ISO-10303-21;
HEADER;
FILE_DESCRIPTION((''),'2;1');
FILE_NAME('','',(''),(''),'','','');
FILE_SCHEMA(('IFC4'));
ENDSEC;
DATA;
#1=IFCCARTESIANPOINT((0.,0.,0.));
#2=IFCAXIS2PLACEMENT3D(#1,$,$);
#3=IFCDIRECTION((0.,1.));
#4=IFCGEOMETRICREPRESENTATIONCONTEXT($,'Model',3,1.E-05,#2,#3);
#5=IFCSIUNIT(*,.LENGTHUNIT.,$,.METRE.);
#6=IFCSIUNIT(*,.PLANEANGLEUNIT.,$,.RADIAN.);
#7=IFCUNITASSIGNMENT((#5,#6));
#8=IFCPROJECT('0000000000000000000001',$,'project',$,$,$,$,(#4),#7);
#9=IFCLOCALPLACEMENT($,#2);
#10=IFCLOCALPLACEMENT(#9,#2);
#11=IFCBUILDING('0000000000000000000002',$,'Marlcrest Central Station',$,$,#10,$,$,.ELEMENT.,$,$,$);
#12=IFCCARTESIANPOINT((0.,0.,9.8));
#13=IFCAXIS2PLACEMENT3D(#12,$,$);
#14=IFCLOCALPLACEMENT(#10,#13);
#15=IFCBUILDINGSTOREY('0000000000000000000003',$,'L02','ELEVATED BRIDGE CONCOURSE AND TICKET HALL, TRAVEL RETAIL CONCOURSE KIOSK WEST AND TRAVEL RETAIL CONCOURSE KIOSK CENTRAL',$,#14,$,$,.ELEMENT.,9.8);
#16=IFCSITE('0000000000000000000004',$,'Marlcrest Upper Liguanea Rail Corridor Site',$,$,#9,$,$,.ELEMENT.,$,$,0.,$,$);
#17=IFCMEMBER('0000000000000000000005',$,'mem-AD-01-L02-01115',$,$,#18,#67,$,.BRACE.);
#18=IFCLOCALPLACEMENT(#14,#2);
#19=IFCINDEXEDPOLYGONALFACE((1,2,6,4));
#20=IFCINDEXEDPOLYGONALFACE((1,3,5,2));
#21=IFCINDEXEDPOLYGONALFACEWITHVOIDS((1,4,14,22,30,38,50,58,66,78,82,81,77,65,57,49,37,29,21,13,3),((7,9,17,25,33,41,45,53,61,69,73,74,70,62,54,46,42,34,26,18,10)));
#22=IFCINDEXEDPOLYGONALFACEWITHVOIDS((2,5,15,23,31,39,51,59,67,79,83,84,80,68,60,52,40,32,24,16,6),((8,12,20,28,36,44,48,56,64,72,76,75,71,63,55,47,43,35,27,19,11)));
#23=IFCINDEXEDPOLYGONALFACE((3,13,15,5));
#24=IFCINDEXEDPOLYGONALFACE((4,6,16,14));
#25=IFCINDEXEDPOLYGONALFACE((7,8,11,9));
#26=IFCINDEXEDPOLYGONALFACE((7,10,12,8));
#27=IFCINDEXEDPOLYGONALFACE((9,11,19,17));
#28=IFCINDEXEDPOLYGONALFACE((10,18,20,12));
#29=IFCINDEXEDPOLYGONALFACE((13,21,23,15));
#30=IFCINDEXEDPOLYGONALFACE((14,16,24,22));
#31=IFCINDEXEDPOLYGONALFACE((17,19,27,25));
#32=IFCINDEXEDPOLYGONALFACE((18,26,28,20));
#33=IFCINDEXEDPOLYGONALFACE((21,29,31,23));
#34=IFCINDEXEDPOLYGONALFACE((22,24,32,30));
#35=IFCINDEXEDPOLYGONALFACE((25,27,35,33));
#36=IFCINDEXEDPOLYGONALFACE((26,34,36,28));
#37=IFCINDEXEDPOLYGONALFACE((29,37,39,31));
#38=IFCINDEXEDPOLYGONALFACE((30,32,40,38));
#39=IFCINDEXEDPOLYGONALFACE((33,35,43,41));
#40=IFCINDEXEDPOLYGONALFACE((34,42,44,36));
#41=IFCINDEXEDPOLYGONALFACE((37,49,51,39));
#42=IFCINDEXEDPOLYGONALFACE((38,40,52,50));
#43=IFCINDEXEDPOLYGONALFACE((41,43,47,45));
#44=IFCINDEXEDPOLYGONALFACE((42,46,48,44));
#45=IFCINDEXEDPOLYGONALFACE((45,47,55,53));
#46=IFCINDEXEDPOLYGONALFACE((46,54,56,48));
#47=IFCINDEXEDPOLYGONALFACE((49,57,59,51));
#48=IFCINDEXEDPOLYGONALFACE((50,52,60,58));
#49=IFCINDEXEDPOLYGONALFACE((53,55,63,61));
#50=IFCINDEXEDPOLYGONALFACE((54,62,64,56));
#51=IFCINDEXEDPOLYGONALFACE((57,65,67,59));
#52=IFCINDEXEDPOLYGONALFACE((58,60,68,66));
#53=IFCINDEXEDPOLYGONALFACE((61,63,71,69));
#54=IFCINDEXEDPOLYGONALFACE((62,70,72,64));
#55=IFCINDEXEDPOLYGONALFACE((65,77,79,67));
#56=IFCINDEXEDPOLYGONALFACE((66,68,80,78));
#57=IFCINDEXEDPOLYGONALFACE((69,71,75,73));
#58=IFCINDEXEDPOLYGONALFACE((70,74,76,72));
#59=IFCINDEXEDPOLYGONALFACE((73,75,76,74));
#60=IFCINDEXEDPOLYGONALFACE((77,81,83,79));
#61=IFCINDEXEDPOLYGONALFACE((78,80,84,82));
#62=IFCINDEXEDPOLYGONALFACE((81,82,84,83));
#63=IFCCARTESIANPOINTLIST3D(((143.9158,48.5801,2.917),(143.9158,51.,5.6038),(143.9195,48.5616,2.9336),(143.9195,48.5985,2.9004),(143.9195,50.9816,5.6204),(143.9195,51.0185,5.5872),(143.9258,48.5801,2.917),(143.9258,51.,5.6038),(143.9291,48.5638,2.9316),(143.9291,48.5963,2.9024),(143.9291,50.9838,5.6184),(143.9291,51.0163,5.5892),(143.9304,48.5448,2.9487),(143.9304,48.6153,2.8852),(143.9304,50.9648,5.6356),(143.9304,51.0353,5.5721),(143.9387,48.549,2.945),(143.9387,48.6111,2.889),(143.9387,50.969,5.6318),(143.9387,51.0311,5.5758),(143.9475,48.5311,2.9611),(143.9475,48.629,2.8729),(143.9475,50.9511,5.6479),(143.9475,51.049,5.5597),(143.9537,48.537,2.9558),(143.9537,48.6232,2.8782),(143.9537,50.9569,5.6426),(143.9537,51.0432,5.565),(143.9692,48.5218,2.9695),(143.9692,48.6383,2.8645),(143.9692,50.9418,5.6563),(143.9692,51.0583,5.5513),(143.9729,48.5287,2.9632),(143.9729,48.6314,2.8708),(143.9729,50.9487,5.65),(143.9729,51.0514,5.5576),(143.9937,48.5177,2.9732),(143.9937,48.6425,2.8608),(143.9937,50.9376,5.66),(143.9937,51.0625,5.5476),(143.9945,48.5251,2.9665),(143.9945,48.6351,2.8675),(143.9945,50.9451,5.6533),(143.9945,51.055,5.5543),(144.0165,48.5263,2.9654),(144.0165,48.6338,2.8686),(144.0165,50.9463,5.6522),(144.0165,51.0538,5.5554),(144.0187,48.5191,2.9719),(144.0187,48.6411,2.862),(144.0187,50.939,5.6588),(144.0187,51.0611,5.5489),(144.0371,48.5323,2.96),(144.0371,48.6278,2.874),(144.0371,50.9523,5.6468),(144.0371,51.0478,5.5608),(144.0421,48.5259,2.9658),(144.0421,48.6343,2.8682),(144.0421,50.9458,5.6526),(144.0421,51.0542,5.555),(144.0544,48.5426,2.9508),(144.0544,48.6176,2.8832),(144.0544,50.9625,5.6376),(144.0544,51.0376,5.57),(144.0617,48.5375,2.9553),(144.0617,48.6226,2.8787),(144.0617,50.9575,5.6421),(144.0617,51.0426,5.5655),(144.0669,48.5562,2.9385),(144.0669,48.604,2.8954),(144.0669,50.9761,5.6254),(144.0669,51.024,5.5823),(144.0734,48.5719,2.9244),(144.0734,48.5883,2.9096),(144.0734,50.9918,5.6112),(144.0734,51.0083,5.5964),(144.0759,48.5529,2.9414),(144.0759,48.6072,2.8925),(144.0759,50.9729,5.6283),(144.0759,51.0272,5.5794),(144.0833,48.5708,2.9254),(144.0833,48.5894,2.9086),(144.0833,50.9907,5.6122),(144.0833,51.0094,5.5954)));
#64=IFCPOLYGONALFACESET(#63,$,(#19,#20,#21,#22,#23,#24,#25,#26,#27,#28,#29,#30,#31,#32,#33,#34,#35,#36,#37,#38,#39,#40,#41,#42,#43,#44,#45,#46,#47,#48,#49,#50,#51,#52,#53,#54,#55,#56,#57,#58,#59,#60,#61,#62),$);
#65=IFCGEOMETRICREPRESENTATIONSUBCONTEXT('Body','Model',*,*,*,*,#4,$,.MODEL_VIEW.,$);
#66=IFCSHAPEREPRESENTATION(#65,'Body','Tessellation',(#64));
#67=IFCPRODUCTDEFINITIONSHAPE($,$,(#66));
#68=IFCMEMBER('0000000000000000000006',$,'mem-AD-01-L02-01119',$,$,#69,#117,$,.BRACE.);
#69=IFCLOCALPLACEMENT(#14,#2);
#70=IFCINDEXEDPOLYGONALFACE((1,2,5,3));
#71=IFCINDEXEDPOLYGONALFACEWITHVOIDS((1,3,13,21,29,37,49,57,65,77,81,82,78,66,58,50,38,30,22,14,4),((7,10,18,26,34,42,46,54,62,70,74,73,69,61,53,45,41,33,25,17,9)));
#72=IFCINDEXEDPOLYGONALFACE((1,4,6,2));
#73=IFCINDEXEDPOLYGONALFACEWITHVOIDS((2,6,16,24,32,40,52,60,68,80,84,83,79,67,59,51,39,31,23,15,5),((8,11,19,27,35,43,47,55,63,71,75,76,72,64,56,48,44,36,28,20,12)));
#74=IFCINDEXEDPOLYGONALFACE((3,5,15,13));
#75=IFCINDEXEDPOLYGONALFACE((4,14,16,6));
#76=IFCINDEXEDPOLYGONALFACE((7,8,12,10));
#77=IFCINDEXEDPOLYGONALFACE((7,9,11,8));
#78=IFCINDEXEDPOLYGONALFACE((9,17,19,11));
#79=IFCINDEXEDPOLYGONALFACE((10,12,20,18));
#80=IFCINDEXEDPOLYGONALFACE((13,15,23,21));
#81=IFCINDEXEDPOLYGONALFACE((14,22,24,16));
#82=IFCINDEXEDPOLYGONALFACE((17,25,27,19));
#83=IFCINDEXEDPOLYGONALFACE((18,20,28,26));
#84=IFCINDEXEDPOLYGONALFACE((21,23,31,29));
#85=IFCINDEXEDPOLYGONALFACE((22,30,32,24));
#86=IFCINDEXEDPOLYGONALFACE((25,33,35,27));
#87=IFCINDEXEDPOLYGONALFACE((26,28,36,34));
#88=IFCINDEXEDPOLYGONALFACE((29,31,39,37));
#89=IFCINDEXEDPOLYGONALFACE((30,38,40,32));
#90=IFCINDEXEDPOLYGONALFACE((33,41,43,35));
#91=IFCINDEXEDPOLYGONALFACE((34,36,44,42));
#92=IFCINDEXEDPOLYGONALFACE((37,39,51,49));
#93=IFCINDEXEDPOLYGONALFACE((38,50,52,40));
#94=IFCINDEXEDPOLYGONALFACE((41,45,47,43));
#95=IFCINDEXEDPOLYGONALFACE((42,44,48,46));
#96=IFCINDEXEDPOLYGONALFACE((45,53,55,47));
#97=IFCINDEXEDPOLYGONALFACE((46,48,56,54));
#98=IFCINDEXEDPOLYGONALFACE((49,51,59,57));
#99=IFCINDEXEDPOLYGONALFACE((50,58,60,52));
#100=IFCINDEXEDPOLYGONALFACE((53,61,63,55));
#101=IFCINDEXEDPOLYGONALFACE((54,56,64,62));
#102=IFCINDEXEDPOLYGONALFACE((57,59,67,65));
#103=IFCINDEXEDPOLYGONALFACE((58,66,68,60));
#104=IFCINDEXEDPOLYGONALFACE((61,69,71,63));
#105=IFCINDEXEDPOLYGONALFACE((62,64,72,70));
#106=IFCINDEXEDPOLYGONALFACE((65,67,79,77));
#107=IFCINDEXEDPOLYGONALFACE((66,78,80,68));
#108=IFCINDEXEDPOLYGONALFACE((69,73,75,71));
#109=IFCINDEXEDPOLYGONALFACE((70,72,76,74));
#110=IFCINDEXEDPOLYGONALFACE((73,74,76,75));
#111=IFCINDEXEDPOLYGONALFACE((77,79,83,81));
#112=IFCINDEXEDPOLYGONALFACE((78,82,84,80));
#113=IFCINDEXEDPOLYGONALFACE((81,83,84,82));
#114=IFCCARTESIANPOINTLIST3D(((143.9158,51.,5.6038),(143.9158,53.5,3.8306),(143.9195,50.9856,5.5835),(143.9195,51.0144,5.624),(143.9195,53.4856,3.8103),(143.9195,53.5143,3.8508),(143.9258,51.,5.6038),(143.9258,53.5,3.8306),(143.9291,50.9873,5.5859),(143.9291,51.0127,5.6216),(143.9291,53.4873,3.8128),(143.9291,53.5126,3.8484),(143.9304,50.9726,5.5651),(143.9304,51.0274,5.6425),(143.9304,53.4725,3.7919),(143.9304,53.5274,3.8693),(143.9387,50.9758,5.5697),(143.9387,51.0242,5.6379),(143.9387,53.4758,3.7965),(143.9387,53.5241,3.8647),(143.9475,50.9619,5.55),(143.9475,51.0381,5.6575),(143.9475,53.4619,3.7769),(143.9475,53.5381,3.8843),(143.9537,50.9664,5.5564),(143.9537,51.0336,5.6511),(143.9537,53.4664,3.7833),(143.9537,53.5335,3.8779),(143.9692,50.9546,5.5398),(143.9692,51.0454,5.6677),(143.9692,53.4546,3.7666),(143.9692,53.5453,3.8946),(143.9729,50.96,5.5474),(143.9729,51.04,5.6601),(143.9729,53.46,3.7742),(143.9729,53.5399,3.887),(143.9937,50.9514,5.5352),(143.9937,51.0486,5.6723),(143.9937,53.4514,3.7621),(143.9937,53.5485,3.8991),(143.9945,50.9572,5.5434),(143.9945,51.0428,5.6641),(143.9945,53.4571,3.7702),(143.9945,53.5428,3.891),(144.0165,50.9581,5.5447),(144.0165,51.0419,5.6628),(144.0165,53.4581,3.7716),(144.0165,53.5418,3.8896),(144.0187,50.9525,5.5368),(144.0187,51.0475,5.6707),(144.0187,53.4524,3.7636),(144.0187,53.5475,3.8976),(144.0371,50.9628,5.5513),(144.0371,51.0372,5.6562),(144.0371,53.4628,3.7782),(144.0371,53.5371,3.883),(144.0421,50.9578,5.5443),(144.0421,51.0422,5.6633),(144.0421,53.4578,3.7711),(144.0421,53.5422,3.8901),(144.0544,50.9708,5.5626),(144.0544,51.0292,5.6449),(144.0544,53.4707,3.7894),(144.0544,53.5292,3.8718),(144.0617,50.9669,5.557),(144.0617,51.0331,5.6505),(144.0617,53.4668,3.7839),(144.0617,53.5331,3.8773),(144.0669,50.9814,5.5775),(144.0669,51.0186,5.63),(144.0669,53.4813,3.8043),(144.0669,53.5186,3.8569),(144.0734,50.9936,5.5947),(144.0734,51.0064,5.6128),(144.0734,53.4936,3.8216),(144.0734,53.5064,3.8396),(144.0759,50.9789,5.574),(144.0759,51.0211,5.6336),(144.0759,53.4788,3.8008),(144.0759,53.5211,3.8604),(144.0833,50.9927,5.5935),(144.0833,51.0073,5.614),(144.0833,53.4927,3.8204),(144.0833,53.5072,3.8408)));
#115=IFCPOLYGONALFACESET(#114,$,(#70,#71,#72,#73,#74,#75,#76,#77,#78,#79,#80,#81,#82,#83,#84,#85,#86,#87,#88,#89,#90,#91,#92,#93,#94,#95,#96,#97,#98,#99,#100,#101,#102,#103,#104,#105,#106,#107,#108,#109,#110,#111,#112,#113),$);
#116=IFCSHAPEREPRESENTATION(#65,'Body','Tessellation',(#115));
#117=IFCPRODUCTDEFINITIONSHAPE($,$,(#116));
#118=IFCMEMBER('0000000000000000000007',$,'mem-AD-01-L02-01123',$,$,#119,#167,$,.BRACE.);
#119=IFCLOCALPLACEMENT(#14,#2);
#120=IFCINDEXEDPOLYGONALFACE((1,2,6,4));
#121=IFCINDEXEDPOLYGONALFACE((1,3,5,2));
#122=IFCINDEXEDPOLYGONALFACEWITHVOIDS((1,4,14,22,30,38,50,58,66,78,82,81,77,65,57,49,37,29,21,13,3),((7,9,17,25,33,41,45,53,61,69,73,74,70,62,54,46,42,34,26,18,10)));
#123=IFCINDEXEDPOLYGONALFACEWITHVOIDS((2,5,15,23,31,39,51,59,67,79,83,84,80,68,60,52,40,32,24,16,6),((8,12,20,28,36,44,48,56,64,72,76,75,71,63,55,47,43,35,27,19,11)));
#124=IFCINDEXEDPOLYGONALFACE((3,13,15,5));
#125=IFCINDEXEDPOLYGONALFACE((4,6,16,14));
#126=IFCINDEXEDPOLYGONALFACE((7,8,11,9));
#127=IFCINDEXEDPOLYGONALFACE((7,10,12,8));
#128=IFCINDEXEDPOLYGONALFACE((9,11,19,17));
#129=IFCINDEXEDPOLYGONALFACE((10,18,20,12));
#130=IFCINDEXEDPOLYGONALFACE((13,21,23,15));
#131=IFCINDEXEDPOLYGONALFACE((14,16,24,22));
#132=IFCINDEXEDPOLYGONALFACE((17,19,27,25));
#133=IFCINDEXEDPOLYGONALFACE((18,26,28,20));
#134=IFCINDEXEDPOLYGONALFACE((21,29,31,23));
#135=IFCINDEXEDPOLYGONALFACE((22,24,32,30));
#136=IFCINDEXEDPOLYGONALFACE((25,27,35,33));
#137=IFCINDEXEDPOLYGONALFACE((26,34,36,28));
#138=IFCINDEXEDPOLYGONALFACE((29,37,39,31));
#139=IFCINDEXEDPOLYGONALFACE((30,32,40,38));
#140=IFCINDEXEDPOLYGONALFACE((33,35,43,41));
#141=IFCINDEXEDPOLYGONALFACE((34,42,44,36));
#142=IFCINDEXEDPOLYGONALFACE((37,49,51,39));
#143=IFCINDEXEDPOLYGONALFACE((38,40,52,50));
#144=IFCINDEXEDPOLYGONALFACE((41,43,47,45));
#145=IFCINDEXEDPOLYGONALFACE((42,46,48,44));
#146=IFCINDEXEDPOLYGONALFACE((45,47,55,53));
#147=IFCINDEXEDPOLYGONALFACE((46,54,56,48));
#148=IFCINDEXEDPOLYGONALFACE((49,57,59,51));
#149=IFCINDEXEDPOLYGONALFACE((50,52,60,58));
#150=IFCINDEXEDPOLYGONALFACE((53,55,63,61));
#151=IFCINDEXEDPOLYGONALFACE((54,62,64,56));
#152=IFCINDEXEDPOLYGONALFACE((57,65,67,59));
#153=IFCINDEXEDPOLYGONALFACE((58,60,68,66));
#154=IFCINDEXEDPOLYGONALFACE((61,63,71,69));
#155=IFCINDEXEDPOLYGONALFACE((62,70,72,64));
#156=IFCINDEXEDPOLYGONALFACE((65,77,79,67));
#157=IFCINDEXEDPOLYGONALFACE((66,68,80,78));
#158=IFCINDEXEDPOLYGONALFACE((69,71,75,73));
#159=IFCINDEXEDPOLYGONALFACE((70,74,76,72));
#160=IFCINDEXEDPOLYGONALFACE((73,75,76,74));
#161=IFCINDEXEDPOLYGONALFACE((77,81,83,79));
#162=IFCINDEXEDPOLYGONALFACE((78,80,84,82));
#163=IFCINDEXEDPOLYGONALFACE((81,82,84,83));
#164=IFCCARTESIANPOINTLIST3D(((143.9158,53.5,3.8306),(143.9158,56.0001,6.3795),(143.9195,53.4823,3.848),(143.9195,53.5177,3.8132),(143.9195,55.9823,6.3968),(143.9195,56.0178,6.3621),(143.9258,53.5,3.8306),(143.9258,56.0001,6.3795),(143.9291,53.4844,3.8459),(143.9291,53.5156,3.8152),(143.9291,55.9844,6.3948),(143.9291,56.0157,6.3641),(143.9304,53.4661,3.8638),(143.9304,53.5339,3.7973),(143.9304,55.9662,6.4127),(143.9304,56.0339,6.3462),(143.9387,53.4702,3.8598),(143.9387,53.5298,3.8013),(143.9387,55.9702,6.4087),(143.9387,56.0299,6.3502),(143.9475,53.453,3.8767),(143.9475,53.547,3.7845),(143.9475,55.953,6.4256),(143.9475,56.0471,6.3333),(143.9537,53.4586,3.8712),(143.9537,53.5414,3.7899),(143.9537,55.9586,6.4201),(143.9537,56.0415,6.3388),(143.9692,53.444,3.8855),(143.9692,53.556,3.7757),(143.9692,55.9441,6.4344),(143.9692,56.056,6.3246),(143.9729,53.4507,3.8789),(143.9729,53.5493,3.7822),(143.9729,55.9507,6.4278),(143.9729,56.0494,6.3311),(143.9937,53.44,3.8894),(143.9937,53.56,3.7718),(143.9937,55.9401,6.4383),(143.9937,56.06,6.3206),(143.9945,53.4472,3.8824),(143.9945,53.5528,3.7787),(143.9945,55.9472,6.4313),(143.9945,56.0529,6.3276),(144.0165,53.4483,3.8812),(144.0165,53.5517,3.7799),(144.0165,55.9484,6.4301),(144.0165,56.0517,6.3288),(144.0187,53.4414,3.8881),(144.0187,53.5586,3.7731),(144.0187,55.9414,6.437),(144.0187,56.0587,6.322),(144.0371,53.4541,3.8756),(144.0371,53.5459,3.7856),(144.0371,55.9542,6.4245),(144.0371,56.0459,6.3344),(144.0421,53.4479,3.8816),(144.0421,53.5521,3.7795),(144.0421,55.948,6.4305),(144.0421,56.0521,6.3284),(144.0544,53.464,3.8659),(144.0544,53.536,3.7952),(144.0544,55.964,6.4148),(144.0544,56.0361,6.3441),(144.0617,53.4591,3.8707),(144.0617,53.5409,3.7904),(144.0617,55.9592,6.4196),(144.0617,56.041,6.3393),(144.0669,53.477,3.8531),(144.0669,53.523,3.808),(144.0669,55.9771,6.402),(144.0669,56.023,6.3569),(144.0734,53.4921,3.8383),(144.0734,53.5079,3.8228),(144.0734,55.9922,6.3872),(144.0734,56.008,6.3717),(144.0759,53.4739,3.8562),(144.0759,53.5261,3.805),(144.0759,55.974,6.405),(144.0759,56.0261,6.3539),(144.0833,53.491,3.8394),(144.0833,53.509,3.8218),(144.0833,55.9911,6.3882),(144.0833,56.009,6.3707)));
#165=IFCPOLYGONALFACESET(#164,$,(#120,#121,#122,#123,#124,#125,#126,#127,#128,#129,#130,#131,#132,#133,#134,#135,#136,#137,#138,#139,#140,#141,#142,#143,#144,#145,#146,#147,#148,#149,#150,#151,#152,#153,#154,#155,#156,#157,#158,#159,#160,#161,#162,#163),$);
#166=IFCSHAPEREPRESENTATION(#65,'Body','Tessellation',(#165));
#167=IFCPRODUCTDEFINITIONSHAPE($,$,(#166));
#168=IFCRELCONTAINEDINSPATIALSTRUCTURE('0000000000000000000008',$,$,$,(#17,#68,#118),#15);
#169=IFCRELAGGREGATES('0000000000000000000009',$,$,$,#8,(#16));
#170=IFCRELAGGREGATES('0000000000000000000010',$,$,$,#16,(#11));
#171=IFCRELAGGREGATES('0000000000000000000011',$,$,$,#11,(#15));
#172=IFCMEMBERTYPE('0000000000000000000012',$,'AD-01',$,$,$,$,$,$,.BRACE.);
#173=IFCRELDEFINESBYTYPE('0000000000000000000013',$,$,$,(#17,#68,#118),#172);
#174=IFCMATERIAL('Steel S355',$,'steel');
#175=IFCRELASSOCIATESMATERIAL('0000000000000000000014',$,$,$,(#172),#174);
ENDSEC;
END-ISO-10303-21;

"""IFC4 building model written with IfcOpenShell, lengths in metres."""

from ifc_helpers import new_model, si_unit, direction, frame, origin, origin_2d, place, context, subcontext, project, spatial, hollow_circle, extrude, material, material_profile, profile_set, type_object, element, save


model = new_model("IFC4")

# Units and contexts
model_context = context("Model", 3, precision=1e-05, world=origin(), true_north=direction((0.0, 1.0)))
body_context = subcontext(model_context, "Body", "Model", "MODEL_VIEW")
ifc_project = project(units=[si_unit("LENGTHUNIT", "METRE"), si_unit("PLANEANGLEUNIT", "RADIAN")], contexts=[model_context])

# Site, building, storey
site_placement = place(None, origin())
site = spatial("IfcSite", under=ifc_project, at=site_placement, Name="Marlcrest Upper Liguanea Rail Corridor Site", CompositionType="ELEMENT", RefElevation=0.0)
building_placement = place(site_placement, origin())
building = spatial("IfcBuilding", under=site, at=building_placement, Name="Marlcrest Central Station", CompositionType="ELEMENT")
storey_placement = place(building_placement, frame((0.0, 0.0, 9.8)))
storey = spatial("IfcBuildingStorey", under=building, at=storey_placement, Name="L02", Description="ELEVATED BRIDGE CONCOURSE AND TICKET HALL, TRAVEL RETAIL CONCOURSE KIOSK WEST AND TRAVEL RETAIL CONCOURSE KIOSK CENTRAL", CompositionType="ELEMENT", Elevation=9.8)

# Members
ifc_material = material(Name="Steel S355", Category="steel")
ifc_material_profile_1 = material_profile(ifc_material, hollow_circle(Radius=0.0842, WallThickness=0.01, at=origin_2d()), Name="CHS 168.3x10")
ifc_profile_set_1 = profile_set([ifc_material_profile_1], Name="Steel S355")
member_type_1 = type_object("IfcMemberType", Name="AD-01", PredefinedType="BRACE", material=ifc_profile_set_1)
member_1_placement = place(storey_placement, frame((144.0, 48.5801, 2.917), z_axis=(0.0, 0.669244, 0.743042), x_axis=(-1.0, 0.0, 0.0)))
element("IfcMember", 1, at=member_1_placement, inside=storey, type_object=member_type_1, Name="mem-AD-01-L02-01115", PredefinedType="BRACE", context=body_context, shape_type="SweptSolid", body=[
    extrude(hollow_circle(Radius=0.0842, WallThickness=0.01, at=origin_2d()), origin(), (0.0, 0.0, 1.0), 3.616),
])
member_2_placement = place(storey_placement, frame((144.0, 51.0, 5.6038), z_axis=(0.0, 0.815661, -0.57853), x_axis=(-1.0, 0.0, 0.0)))
element("IfcMember", 2, at=member_2_placement, inside=storey, type_object=member_type_1, Name="mem-AD-01-L02-01119", PredefinedType="BRACE", context=body_context, shape_type="SweptSolid", body=[
    extrude(hollow_circle(Radius=0.0842, WallThickness=0.01, at=origin_2d()), origin(), (0.0, 0.0, 1.0), 3.0649),
])
member_3_placement = place(storey_placement, frame((144.0, 53.5, 3.8306), z_axis=(0.0, 0.700235, 0.713912), x_axis=(-1.0, 0.0, 0.0)))
element("IfcMember", 3, at=member_3_placement, inside=storey, type_object=member_type_1, Name="mem-AD-01-L02-01123", PredefinedType="BRACE", context=body_context, shape_type="SweptSolid", body=[
    extrude(hollow_circle(Radius=0.0842, WallThickness=0.01, at=origin_2d()), origin(), (0.0, 0.0, 1.0), 3.5703),
])

save(model, "model.ifc")
